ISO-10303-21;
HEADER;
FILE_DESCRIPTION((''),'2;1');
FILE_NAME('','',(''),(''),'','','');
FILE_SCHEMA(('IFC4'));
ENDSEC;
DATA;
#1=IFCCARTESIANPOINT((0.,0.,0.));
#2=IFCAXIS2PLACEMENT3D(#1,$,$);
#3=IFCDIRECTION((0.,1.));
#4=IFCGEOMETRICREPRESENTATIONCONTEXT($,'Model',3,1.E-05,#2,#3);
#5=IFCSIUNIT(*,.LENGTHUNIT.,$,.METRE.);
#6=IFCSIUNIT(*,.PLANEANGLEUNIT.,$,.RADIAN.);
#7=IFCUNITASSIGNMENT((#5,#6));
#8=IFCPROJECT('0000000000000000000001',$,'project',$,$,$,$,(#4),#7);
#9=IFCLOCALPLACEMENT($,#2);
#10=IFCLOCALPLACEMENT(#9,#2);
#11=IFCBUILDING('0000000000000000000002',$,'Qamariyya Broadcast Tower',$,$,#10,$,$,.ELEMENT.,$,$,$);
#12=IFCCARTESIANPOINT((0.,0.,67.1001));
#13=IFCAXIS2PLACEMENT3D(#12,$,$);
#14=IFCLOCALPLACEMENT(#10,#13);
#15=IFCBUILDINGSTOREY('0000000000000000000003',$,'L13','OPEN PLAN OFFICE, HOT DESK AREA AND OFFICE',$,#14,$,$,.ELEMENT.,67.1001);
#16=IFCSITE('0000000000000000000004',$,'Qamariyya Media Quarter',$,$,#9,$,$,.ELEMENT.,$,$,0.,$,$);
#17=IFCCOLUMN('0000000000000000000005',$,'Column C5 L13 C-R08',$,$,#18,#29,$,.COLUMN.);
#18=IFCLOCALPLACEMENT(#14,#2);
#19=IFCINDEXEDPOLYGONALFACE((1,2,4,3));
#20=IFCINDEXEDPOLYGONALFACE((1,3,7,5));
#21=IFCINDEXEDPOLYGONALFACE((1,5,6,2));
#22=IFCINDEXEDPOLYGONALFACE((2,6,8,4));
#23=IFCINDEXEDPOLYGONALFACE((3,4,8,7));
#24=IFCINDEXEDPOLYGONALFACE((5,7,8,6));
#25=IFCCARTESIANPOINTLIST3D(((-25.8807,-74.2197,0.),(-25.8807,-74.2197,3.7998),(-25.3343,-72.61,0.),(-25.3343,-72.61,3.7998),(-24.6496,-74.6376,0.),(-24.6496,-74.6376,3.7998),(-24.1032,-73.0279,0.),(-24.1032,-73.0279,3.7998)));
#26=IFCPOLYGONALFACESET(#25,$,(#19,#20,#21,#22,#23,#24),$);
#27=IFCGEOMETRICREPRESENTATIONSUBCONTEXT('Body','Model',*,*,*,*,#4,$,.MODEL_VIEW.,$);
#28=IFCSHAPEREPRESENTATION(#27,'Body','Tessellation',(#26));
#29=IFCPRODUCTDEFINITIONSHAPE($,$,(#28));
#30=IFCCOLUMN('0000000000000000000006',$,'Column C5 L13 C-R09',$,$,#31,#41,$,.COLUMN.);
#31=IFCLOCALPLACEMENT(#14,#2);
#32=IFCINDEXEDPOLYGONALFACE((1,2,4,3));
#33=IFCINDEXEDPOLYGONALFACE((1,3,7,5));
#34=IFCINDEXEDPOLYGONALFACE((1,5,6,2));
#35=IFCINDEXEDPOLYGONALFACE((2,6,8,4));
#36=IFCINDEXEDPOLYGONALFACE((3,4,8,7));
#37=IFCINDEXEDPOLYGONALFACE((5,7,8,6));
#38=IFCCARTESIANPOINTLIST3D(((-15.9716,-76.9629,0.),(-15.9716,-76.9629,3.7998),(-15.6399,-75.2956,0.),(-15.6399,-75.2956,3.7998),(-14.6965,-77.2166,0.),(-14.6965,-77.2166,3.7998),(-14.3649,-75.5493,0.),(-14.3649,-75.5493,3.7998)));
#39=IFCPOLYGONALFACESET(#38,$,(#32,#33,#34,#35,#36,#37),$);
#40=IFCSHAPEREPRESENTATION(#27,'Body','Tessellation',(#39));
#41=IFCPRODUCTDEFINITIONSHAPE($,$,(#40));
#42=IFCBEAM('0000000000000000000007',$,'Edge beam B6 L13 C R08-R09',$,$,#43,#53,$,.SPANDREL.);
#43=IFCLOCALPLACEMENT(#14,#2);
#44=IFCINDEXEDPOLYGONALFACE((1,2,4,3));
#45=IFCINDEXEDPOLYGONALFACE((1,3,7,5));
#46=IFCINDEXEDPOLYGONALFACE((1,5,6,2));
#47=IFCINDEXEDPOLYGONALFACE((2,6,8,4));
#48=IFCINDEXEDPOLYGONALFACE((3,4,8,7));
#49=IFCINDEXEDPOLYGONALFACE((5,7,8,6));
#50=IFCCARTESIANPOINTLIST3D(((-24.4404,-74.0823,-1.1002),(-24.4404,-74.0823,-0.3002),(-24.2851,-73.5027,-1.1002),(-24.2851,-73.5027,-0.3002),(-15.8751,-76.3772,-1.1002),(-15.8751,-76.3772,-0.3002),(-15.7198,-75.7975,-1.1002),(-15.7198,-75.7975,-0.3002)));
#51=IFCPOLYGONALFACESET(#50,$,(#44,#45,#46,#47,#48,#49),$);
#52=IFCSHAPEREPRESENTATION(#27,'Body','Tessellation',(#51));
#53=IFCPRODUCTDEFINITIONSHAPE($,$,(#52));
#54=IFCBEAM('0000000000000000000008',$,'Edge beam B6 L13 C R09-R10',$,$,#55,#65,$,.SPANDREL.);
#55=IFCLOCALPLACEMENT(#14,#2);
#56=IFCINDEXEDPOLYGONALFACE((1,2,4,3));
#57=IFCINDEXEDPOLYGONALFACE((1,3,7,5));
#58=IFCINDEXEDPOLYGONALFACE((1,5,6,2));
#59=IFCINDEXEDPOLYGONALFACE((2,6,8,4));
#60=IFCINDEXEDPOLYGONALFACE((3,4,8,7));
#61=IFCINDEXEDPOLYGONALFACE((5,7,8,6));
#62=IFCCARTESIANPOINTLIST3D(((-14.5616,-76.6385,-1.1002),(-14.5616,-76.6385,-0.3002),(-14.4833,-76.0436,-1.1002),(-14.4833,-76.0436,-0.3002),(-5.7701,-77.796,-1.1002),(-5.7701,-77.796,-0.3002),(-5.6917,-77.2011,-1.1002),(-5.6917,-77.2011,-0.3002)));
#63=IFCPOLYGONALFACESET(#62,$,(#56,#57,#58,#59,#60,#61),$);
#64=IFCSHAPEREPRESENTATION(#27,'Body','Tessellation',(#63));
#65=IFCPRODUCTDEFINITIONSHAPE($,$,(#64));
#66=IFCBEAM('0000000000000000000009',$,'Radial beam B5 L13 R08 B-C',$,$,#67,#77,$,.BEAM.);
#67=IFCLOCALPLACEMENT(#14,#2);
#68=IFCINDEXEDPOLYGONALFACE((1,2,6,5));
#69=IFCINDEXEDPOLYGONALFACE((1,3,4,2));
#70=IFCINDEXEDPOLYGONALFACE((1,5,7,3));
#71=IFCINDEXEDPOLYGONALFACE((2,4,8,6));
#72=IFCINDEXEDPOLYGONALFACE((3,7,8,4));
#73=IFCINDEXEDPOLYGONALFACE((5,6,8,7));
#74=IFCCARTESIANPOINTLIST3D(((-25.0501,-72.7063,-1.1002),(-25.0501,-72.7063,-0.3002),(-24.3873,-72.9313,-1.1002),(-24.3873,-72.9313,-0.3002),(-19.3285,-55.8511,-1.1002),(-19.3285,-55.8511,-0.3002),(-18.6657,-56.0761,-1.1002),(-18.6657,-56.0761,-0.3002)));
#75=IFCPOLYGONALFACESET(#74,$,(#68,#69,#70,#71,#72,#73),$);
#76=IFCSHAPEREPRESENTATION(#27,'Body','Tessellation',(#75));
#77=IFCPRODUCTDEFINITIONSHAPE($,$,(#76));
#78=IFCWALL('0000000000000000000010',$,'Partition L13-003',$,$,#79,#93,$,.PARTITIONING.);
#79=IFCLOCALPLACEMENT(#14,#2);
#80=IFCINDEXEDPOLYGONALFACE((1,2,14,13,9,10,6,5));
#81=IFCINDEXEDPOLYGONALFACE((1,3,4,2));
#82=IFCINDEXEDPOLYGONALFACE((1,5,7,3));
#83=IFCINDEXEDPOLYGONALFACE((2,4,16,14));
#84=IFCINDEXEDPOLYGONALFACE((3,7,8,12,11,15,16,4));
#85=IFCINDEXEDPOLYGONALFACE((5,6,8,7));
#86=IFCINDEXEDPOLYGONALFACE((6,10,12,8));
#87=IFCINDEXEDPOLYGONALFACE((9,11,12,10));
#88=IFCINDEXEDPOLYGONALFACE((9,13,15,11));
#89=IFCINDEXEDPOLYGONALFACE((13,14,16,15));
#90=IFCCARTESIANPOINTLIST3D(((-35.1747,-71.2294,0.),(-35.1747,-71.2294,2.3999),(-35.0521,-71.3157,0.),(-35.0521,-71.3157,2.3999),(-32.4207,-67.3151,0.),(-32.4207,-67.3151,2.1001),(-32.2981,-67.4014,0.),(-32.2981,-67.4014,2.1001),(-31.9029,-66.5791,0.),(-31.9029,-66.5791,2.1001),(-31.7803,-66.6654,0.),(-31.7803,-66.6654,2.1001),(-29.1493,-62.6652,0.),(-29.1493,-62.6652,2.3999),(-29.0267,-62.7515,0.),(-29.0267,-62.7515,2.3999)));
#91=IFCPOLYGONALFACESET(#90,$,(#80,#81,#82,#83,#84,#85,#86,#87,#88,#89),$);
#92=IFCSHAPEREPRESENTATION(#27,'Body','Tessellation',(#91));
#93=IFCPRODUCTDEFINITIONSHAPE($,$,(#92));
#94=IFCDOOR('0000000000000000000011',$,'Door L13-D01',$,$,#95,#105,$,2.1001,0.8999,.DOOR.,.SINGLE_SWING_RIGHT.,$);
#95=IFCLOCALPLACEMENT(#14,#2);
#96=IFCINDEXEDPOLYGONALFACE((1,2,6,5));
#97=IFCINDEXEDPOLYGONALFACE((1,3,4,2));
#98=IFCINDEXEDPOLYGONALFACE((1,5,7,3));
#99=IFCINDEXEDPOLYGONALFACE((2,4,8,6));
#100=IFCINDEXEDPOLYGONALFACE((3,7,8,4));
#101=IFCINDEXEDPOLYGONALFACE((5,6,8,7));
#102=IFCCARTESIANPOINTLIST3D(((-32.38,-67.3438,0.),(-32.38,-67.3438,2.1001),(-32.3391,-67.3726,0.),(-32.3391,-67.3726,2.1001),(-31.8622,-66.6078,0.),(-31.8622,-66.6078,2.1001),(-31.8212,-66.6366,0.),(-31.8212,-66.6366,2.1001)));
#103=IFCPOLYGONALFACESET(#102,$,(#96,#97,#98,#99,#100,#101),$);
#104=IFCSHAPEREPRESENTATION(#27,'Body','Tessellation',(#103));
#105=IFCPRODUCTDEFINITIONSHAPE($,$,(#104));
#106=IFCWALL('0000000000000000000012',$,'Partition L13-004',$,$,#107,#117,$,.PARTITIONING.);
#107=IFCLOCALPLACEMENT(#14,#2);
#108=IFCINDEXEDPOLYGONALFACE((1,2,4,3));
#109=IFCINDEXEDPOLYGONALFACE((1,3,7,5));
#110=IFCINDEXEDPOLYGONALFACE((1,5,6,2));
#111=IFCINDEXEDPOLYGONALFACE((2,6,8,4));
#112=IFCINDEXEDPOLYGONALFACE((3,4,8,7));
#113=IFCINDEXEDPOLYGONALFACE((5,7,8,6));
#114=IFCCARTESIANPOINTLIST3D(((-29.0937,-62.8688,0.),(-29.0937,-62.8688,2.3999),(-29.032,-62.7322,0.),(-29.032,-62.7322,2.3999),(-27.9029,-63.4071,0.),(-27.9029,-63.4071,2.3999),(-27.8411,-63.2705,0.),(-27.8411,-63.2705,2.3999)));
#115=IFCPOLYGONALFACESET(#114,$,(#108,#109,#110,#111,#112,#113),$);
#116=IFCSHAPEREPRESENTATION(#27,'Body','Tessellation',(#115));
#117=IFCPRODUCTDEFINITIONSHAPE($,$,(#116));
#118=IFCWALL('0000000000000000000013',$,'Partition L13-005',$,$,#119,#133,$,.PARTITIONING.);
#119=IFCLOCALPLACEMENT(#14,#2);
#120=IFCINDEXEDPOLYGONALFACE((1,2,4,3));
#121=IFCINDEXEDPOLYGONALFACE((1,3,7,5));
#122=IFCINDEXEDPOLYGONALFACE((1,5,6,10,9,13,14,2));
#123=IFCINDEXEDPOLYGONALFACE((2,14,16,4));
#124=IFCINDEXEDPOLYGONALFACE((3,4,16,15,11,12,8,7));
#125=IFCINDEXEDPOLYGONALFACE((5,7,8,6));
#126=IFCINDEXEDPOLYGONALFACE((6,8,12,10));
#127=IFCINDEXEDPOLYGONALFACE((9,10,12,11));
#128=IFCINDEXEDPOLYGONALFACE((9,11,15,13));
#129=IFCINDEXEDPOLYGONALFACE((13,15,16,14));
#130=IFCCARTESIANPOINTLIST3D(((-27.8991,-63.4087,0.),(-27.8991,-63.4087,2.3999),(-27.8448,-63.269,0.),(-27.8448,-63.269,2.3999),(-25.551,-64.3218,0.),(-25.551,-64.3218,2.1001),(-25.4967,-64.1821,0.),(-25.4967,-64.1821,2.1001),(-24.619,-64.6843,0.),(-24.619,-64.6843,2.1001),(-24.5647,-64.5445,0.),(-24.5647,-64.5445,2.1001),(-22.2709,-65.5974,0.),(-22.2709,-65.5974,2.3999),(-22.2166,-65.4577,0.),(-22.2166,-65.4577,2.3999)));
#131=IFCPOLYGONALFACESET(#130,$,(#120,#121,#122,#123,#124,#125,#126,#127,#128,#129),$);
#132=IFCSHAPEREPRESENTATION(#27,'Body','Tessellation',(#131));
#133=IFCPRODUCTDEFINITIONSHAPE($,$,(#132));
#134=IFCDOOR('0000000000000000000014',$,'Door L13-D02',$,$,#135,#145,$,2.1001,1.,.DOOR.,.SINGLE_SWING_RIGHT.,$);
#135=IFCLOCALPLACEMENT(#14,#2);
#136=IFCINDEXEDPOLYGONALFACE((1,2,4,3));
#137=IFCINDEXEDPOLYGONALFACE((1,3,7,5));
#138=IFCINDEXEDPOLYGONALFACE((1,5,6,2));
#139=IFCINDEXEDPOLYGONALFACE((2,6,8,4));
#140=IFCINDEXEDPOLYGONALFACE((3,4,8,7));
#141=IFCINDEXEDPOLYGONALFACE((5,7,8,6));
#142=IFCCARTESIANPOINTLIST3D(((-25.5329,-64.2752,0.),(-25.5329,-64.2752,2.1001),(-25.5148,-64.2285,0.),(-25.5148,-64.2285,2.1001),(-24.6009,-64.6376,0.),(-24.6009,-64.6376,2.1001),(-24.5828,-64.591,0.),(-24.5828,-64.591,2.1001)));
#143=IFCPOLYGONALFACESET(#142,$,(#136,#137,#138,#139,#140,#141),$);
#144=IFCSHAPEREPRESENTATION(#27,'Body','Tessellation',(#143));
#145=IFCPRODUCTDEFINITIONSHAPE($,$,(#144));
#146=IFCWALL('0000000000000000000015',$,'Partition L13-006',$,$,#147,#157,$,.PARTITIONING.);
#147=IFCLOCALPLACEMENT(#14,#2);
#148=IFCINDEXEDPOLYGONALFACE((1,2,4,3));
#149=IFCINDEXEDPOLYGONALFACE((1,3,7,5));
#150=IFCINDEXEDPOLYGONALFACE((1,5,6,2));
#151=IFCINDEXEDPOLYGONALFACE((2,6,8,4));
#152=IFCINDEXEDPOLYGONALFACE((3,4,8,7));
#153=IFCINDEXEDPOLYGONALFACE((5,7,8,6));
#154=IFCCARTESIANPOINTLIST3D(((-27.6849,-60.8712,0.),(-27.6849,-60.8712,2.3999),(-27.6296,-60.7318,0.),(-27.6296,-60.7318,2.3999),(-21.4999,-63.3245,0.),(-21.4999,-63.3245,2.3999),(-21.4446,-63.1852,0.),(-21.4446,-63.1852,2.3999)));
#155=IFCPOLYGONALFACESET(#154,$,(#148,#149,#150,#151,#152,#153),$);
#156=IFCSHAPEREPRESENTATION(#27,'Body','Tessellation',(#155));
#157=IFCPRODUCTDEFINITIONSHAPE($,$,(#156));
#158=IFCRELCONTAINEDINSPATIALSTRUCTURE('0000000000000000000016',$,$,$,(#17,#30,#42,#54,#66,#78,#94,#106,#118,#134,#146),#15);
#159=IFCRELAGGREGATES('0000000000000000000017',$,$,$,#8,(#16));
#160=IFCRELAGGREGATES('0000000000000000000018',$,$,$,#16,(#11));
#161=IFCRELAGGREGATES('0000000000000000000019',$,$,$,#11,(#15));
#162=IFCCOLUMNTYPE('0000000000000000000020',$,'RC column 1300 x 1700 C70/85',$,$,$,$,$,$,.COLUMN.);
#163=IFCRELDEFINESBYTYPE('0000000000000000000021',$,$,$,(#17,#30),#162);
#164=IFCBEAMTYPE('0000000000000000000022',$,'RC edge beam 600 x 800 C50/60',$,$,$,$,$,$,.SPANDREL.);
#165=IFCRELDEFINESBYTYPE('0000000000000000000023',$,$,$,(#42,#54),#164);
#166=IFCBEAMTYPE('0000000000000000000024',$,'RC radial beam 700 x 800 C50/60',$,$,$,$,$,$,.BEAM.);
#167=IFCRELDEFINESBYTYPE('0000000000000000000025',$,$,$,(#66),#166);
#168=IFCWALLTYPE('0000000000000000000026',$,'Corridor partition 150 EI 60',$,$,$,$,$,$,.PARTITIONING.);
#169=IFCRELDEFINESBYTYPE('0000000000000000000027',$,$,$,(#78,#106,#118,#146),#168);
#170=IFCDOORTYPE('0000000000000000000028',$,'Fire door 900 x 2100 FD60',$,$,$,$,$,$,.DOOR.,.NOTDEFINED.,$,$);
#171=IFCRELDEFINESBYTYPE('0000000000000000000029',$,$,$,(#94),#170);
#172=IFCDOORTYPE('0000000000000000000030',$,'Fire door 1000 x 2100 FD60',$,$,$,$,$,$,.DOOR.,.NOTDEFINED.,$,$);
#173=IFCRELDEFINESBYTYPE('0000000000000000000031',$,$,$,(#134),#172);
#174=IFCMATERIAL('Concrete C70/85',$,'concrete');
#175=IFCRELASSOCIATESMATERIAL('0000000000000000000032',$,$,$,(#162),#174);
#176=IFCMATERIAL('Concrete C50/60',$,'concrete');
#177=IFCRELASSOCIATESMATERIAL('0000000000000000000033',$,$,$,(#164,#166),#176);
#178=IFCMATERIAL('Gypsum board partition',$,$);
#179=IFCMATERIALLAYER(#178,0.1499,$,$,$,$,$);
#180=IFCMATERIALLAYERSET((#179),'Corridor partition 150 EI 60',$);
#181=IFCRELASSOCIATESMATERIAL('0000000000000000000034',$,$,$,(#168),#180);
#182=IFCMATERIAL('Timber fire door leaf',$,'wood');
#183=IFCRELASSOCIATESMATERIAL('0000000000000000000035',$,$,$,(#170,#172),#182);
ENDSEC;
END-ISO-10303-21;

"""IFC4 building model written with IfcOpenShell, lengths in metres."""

from ifc_helpers import new_model, si_unit, direction, frame, frame_2d, origin, origin_2d, place, context, subcontext, project, spatial, rectangle, extrude, material, layer, layer_set, material_profile, profile_set, type_object, element, fill, save


model = new_model("IFC4")

# Units and contexts
model_context = context("Model", 3, precision=1e-05, world=origin(), true_north=direction((0.0, 1.0)))
body_context = subcontext(model_context, "Body", "Model", "MODEL_VIEW")
ifc_project = project(units=[si_unit("LENGTHUNIT", "METRE"), si_unit("PLANEANGLEUNIT", "RADIAN")], contexts=[model_context])

# Site, building, storey
site_placement = place(None, origin())
site = spatial("IfcSite", under=ifc_project, at=site_placement, Name="Qamariyya Media Quarter", CompositionType="ELEMENT", RefElevation=0.0)
building_placement = place(site_placement, origin())
building = spatial("IfcBuilding", under=site, at=building_placement, Name="Qamariyya Broadcast Tower", CompositionType="ELEMENT")
storey_placement = place(building_placement, frame((0.0, 0.0, 67.1001)))
storey = spatial("IfcBuildingStorey", under=building, at=storey_placement, Name="L13", Description="OPEN PLAN OFFICE, HOT DESK AREA AND OFFICE", CompositionType="ELEMENT", Elevation=67.1001)

# Columns
ifc_material_1 = material(Name="Concrete C70/85", Category="concrete")
ifc_material_profile_1 = material_profile(ifc_material_1, rectangle(XDim=1.3, YDim=1.7, at=origin_2d()))
ifc_profile_set_1 = profile_set([ifc_material_profile_1], Name="Concrete C70/85")
column_type = type_object("IfcColumnType", Name="RC column 1300 x 1700 C70/85", PredefinedType="COLUMN", material=ifc_profile_set_1)
for number, where, z_axis, x_axis, name in (
    (1, (-24.9919, -73.6238, 0.0), (0.0, 0.0, 1.0), (0.94693, -0.321439, 0.0), "Column C5 L13 C-R08"),
    (2, (-15.1682, -76.2561, 0.0), (0.0, 0.0, 1.0), (0.980785, -0.19509, 0.0), "Column C5 L13 C-R09"),
):
    element("IfcColumn", number, at=place(storey_placement, frame(where, z_axis=z_axis, x_axis=x_axis)), inside=storey, type_object=column_type, Name=name, PredefinedType="COLUMN", context=body_context, shape_type="SweptSolid", body=[
        extrude(rectangle(XDim=1.3, YDim=1.7, at=origin_2d()), origin(), (0.0, 0.0, 1.0), 3.7998),
    ])

# Beams
ifc_material_2 = material(Name="Concrete C50/60", Category="concrete")
ifc_material_profile_2 = material_profile(ifc_material_2, rectangle(XDim=0.6001, YDim=0.8, at=origin_2d()))
ifc_profile_set_2 = profile_set([ifc_material_profile_2], Name="Concrete C50/60")
beam_type_1 = type_object("IfcBeamType", Name="RC edge beam 600 x 800 C50/60", PredefinedType="SPANDREL", material=ifc_profile_set_2)
for number, where, z_axis, x_axis, name in (
    (3, (-24.3628, -73.7925, -0.7002), (0.965931, -0.2588, 0.0), (0.2588, 0.965931, 0.0), "Edge beam B6 L13 C R08-R09"),
    (4, (-14.5225, -76.3411, -0.7002), (0.991444, -0.130531, 0.0), (0.130531, 0.991444, 0.0), "Edge beam B6 L13 C R09-R10"),
):
    element("IfcBeam", number, at=place(storey_placement, frame(where, z_axis=z_axis, x_axis=x_axis)), inside=storey, type_object=beam_type_1, Name=name, PredefinedType="SPANDREL", context=body_context, shape_type="SweptSolid", body=[
        extrude(rectangle(XDim=0.6001, YDim=0.8, at=origin_2d()), origin(), (0.0, 0.0, 1.0), 8.8674),
    ])
ifc_material_profile_3 = material_profile(ifc_material_2, rectangle(XDim=0.7, YDim=0.8, at=origin_2d()))
ifc_profile_set_3 = profile_set([ifc_material_profile_3], Name="Concrete C50/60")
beam_type_2 = type_object("IfcBeamType", Name="RC radial beam 700 x 800 C50/60", PredefinedType="BEAM", material=ifc_profile_set_3)
beam_placement = place(storey_placement, frame((-18.9971, -55.9636, -0.7002), z_axis=(-0.321445, -0.946928, 0.0), x_axis=(0.946928, -0.321445, 0.0)))
element("IfcBeam", 5, at=beam_placement, inside=storey, type_object=beam_type_2, Name="Radial beam B5 L13 R08 B-C", PredefinedType="BEAM", context=body_context, shape_type="SweptSolid", body=[
    extrude(rectangle(XDim=0.7, YDim=0.8, at=origin_2d()), origin(), (0.0, 0.0, 1.0), 17.7998),
])

# Wall, opening, door
ifc_material_3 = material(Name="Gypsum board partition")
ifc_layer_1 = layer(ifc_material_3, 0.1499)
ifc_layer_set_1 = layer_set([ifc_layer_1], Name="Corridor partition 150 EI 60")
wall_type_1 = type_object("IfcWallType", Name="Corridor partition 150 EI 60", PredefinedType="PARTITIONING", material=ifc_layer_set_1)
wall_1_placement = place(storey_placement, frame((-29.0879, -62.7083, 0.0), z_axis=(0.0, 0.0, 1.0), x_axis=(-0.575412, -0.817864, 0.0)))
wall_1 = element("IfcWall", 6, at=wall_1_placement, inside=storey, type_object=wall_type_1, Name="Partition L13-003", PredefinedType="PARTITIONING", context=body_context, shape_type="SweptSolid", body=[
    extrude(rectangle(XDim=10.4714, YDim=0.1499, at=frame_2d((5.2358, 0.0))), origin(), (0.0, 0.0, 1.0), 2.3999),
])
opening_1_placement = place(wall_1_placement, frame((4.7856, 0.0, 0.0)))
opening_1 = element("IfcOpeningElement", 7, at=opening_1_placement, cuts=wall_1, PredefinedType="OPENING", context=body_context, shape_type="SweptSolid", body=[
    extrude(rectangle(XDim=0.8999, YDim=2.1001, at=frame_2d((0.45, 1.05))), frame((0.0, 0.085, 0.0), z_axis=(0.0, -1.0, 0.0), x_axis=(1.0, 0.0, 0.0)), (0.0, 0.0, 1.0), 0.1699),
])
ifc_material_4 = material(Name="Timber fire door leaf", Category="wood")
door_type_1 = type_object("IfcDoorType", Name="Fire door 900 x 2100 FD60", OperationType="NOTDEFINED", PredefinedType="DOOR", material=ifc_material_4)
door_1_placement = place(opening_1_placement, origin())
door_1 = element("IfcDoor", 8, at=door_1_placement, inside=storey, type_object=door_type_1, Name="Door L13-D01", OperationType="SINGLE_SWING_RIGHT", OverallHeight=2.1001, OverallWidth=0.8999, PredefinedType="DOOR", context=body_context, shape_type="SweptSolid", body=[
    extrude(rectangle(XDim=0.8999, YDim=2.1001, at=frame_2d((0.45, 1.05))), frame((0.0, 0.0249, 0.0), z_axis=(0.0, -1.0, 0.0), x_axis=(1.0, 0.0, 0.0)), (0.0, 0.0, 1.0), 0.05),
])
fill(opening_1, door_1)

# Wall
wall_2_placement = place(storey_placement, frame((-29.0627, -62.8005, 0.0), z_axis=(0.0, 0.0, 1.0), x_axis=(0.911228, -0.411902, 0.0)))
element("IfcWall", 9, at=wall_2_placement, inside=storey, type_object=wall_type_1, Name="Partition L13-004", PredefinedType="PARTITIONING", context=body_context, shape_type="SweptSolid", body=[
    extrude(rectangle(XDim=1.3069, YDim=0.1499, at=frame_2d((0.6533, 0.0))), origin(), (0.0, 0.0, 1.0), 2.3999),
])

# Wall, opening, door
wall_3_placement = place(storey_placement, frame((-22.2437, -65.5276, 0.0), z_axis=(0.0, 0.0, 1.0), x_axis=(-0.932005, 0.362444, 0.0)))
wall_3 = element("IfcWall", 10, at=wall_3_placement, inside=storey, type_object=wall_type_1, Name="Partition L13-005", PredefinedType="PARTITIONING", context=body_context, shape_type="SweptSolid", body=[
    extrude(rectangle(XDim=6.0388, YDim=0.1499, at=frame_2d((3.0195, 0.0))), origin(), (0.0, 0.0, 1.0), 2.3999),
])
opening_2_placement = place(wall_3_placement, frame((2.5195, 0.0, 0.0)))
opening_2 = element("IfcOpeningElement", 11, at=opening_2_placement, cuts=wall_3, PredefinedType="OPENING", context=body_context, shape_type="SweptSolid", body=[
    extrude(rectangle(XDim=1.0, YDim=2.1001, at=frame_2d((0.5, 1.05))), frame((0.0, 0.085, 0.0), z_axis=(0.0, -1.0, 0.0), x_axis=(1.0, 0.0, 0.0)), (0.0, 0.0, 1.0), 0.1699),
])
door_type_2 = type_object("IfcDoorType", Name="Fire door 1000 x 2100 FD60", OperationType="NOTDEFINED", PredefinedType="DOOR", material=ifc_material_4)
door_2_placement = place(opening_2_placement, origin())
door_2 = element("IfcDoor", 12, at=door_2_placement, inside=storey, type_object=door_type_2, Name="Door L13-D02", OperationType="SINGLE_SWING_RIGHT", OverallHeight=2.1001, OverallWidth=1.0, PredefinedType="DOOR", context=body_context, shape_type="SweptSolid", body=[
    extrude(rectangle(XDim=1.0, YDim=2.1001, at=frame_2d((0.5, 1.05))), frame((0.0, 0.0249, 0.0), z_axis=(0.0, -1.0, 0.0), x_axis=(1.0, 0.0, 0.0)), (0.0, 0.0, 1.0), 0.05),
])
fill(opening_2, door_2)

# Wall
wall_4_placement = place(storey_placement, frame((-27.6572, -60.8015, 0.0), z_axis=(0.0, 0.0, 1.0), x_axis=(0.929543, -0.368713, 0.0)))
element("IfcWall", 13, at=wall_4_placement, inside=storey, type_object=wall_type_1, Name="Partition L13-006", PredefinedType="PARTITIONING", context=body_context, shape_type="SweptSolid", body=[
    extrude(rectangle(XDim=6.6538, YDim=0.1499, at=frame_2d((3.3269, 0.0))), origin(), (0.0, 0.0, 1.0), 2.3999),
])

save(model, "model.ifc")
